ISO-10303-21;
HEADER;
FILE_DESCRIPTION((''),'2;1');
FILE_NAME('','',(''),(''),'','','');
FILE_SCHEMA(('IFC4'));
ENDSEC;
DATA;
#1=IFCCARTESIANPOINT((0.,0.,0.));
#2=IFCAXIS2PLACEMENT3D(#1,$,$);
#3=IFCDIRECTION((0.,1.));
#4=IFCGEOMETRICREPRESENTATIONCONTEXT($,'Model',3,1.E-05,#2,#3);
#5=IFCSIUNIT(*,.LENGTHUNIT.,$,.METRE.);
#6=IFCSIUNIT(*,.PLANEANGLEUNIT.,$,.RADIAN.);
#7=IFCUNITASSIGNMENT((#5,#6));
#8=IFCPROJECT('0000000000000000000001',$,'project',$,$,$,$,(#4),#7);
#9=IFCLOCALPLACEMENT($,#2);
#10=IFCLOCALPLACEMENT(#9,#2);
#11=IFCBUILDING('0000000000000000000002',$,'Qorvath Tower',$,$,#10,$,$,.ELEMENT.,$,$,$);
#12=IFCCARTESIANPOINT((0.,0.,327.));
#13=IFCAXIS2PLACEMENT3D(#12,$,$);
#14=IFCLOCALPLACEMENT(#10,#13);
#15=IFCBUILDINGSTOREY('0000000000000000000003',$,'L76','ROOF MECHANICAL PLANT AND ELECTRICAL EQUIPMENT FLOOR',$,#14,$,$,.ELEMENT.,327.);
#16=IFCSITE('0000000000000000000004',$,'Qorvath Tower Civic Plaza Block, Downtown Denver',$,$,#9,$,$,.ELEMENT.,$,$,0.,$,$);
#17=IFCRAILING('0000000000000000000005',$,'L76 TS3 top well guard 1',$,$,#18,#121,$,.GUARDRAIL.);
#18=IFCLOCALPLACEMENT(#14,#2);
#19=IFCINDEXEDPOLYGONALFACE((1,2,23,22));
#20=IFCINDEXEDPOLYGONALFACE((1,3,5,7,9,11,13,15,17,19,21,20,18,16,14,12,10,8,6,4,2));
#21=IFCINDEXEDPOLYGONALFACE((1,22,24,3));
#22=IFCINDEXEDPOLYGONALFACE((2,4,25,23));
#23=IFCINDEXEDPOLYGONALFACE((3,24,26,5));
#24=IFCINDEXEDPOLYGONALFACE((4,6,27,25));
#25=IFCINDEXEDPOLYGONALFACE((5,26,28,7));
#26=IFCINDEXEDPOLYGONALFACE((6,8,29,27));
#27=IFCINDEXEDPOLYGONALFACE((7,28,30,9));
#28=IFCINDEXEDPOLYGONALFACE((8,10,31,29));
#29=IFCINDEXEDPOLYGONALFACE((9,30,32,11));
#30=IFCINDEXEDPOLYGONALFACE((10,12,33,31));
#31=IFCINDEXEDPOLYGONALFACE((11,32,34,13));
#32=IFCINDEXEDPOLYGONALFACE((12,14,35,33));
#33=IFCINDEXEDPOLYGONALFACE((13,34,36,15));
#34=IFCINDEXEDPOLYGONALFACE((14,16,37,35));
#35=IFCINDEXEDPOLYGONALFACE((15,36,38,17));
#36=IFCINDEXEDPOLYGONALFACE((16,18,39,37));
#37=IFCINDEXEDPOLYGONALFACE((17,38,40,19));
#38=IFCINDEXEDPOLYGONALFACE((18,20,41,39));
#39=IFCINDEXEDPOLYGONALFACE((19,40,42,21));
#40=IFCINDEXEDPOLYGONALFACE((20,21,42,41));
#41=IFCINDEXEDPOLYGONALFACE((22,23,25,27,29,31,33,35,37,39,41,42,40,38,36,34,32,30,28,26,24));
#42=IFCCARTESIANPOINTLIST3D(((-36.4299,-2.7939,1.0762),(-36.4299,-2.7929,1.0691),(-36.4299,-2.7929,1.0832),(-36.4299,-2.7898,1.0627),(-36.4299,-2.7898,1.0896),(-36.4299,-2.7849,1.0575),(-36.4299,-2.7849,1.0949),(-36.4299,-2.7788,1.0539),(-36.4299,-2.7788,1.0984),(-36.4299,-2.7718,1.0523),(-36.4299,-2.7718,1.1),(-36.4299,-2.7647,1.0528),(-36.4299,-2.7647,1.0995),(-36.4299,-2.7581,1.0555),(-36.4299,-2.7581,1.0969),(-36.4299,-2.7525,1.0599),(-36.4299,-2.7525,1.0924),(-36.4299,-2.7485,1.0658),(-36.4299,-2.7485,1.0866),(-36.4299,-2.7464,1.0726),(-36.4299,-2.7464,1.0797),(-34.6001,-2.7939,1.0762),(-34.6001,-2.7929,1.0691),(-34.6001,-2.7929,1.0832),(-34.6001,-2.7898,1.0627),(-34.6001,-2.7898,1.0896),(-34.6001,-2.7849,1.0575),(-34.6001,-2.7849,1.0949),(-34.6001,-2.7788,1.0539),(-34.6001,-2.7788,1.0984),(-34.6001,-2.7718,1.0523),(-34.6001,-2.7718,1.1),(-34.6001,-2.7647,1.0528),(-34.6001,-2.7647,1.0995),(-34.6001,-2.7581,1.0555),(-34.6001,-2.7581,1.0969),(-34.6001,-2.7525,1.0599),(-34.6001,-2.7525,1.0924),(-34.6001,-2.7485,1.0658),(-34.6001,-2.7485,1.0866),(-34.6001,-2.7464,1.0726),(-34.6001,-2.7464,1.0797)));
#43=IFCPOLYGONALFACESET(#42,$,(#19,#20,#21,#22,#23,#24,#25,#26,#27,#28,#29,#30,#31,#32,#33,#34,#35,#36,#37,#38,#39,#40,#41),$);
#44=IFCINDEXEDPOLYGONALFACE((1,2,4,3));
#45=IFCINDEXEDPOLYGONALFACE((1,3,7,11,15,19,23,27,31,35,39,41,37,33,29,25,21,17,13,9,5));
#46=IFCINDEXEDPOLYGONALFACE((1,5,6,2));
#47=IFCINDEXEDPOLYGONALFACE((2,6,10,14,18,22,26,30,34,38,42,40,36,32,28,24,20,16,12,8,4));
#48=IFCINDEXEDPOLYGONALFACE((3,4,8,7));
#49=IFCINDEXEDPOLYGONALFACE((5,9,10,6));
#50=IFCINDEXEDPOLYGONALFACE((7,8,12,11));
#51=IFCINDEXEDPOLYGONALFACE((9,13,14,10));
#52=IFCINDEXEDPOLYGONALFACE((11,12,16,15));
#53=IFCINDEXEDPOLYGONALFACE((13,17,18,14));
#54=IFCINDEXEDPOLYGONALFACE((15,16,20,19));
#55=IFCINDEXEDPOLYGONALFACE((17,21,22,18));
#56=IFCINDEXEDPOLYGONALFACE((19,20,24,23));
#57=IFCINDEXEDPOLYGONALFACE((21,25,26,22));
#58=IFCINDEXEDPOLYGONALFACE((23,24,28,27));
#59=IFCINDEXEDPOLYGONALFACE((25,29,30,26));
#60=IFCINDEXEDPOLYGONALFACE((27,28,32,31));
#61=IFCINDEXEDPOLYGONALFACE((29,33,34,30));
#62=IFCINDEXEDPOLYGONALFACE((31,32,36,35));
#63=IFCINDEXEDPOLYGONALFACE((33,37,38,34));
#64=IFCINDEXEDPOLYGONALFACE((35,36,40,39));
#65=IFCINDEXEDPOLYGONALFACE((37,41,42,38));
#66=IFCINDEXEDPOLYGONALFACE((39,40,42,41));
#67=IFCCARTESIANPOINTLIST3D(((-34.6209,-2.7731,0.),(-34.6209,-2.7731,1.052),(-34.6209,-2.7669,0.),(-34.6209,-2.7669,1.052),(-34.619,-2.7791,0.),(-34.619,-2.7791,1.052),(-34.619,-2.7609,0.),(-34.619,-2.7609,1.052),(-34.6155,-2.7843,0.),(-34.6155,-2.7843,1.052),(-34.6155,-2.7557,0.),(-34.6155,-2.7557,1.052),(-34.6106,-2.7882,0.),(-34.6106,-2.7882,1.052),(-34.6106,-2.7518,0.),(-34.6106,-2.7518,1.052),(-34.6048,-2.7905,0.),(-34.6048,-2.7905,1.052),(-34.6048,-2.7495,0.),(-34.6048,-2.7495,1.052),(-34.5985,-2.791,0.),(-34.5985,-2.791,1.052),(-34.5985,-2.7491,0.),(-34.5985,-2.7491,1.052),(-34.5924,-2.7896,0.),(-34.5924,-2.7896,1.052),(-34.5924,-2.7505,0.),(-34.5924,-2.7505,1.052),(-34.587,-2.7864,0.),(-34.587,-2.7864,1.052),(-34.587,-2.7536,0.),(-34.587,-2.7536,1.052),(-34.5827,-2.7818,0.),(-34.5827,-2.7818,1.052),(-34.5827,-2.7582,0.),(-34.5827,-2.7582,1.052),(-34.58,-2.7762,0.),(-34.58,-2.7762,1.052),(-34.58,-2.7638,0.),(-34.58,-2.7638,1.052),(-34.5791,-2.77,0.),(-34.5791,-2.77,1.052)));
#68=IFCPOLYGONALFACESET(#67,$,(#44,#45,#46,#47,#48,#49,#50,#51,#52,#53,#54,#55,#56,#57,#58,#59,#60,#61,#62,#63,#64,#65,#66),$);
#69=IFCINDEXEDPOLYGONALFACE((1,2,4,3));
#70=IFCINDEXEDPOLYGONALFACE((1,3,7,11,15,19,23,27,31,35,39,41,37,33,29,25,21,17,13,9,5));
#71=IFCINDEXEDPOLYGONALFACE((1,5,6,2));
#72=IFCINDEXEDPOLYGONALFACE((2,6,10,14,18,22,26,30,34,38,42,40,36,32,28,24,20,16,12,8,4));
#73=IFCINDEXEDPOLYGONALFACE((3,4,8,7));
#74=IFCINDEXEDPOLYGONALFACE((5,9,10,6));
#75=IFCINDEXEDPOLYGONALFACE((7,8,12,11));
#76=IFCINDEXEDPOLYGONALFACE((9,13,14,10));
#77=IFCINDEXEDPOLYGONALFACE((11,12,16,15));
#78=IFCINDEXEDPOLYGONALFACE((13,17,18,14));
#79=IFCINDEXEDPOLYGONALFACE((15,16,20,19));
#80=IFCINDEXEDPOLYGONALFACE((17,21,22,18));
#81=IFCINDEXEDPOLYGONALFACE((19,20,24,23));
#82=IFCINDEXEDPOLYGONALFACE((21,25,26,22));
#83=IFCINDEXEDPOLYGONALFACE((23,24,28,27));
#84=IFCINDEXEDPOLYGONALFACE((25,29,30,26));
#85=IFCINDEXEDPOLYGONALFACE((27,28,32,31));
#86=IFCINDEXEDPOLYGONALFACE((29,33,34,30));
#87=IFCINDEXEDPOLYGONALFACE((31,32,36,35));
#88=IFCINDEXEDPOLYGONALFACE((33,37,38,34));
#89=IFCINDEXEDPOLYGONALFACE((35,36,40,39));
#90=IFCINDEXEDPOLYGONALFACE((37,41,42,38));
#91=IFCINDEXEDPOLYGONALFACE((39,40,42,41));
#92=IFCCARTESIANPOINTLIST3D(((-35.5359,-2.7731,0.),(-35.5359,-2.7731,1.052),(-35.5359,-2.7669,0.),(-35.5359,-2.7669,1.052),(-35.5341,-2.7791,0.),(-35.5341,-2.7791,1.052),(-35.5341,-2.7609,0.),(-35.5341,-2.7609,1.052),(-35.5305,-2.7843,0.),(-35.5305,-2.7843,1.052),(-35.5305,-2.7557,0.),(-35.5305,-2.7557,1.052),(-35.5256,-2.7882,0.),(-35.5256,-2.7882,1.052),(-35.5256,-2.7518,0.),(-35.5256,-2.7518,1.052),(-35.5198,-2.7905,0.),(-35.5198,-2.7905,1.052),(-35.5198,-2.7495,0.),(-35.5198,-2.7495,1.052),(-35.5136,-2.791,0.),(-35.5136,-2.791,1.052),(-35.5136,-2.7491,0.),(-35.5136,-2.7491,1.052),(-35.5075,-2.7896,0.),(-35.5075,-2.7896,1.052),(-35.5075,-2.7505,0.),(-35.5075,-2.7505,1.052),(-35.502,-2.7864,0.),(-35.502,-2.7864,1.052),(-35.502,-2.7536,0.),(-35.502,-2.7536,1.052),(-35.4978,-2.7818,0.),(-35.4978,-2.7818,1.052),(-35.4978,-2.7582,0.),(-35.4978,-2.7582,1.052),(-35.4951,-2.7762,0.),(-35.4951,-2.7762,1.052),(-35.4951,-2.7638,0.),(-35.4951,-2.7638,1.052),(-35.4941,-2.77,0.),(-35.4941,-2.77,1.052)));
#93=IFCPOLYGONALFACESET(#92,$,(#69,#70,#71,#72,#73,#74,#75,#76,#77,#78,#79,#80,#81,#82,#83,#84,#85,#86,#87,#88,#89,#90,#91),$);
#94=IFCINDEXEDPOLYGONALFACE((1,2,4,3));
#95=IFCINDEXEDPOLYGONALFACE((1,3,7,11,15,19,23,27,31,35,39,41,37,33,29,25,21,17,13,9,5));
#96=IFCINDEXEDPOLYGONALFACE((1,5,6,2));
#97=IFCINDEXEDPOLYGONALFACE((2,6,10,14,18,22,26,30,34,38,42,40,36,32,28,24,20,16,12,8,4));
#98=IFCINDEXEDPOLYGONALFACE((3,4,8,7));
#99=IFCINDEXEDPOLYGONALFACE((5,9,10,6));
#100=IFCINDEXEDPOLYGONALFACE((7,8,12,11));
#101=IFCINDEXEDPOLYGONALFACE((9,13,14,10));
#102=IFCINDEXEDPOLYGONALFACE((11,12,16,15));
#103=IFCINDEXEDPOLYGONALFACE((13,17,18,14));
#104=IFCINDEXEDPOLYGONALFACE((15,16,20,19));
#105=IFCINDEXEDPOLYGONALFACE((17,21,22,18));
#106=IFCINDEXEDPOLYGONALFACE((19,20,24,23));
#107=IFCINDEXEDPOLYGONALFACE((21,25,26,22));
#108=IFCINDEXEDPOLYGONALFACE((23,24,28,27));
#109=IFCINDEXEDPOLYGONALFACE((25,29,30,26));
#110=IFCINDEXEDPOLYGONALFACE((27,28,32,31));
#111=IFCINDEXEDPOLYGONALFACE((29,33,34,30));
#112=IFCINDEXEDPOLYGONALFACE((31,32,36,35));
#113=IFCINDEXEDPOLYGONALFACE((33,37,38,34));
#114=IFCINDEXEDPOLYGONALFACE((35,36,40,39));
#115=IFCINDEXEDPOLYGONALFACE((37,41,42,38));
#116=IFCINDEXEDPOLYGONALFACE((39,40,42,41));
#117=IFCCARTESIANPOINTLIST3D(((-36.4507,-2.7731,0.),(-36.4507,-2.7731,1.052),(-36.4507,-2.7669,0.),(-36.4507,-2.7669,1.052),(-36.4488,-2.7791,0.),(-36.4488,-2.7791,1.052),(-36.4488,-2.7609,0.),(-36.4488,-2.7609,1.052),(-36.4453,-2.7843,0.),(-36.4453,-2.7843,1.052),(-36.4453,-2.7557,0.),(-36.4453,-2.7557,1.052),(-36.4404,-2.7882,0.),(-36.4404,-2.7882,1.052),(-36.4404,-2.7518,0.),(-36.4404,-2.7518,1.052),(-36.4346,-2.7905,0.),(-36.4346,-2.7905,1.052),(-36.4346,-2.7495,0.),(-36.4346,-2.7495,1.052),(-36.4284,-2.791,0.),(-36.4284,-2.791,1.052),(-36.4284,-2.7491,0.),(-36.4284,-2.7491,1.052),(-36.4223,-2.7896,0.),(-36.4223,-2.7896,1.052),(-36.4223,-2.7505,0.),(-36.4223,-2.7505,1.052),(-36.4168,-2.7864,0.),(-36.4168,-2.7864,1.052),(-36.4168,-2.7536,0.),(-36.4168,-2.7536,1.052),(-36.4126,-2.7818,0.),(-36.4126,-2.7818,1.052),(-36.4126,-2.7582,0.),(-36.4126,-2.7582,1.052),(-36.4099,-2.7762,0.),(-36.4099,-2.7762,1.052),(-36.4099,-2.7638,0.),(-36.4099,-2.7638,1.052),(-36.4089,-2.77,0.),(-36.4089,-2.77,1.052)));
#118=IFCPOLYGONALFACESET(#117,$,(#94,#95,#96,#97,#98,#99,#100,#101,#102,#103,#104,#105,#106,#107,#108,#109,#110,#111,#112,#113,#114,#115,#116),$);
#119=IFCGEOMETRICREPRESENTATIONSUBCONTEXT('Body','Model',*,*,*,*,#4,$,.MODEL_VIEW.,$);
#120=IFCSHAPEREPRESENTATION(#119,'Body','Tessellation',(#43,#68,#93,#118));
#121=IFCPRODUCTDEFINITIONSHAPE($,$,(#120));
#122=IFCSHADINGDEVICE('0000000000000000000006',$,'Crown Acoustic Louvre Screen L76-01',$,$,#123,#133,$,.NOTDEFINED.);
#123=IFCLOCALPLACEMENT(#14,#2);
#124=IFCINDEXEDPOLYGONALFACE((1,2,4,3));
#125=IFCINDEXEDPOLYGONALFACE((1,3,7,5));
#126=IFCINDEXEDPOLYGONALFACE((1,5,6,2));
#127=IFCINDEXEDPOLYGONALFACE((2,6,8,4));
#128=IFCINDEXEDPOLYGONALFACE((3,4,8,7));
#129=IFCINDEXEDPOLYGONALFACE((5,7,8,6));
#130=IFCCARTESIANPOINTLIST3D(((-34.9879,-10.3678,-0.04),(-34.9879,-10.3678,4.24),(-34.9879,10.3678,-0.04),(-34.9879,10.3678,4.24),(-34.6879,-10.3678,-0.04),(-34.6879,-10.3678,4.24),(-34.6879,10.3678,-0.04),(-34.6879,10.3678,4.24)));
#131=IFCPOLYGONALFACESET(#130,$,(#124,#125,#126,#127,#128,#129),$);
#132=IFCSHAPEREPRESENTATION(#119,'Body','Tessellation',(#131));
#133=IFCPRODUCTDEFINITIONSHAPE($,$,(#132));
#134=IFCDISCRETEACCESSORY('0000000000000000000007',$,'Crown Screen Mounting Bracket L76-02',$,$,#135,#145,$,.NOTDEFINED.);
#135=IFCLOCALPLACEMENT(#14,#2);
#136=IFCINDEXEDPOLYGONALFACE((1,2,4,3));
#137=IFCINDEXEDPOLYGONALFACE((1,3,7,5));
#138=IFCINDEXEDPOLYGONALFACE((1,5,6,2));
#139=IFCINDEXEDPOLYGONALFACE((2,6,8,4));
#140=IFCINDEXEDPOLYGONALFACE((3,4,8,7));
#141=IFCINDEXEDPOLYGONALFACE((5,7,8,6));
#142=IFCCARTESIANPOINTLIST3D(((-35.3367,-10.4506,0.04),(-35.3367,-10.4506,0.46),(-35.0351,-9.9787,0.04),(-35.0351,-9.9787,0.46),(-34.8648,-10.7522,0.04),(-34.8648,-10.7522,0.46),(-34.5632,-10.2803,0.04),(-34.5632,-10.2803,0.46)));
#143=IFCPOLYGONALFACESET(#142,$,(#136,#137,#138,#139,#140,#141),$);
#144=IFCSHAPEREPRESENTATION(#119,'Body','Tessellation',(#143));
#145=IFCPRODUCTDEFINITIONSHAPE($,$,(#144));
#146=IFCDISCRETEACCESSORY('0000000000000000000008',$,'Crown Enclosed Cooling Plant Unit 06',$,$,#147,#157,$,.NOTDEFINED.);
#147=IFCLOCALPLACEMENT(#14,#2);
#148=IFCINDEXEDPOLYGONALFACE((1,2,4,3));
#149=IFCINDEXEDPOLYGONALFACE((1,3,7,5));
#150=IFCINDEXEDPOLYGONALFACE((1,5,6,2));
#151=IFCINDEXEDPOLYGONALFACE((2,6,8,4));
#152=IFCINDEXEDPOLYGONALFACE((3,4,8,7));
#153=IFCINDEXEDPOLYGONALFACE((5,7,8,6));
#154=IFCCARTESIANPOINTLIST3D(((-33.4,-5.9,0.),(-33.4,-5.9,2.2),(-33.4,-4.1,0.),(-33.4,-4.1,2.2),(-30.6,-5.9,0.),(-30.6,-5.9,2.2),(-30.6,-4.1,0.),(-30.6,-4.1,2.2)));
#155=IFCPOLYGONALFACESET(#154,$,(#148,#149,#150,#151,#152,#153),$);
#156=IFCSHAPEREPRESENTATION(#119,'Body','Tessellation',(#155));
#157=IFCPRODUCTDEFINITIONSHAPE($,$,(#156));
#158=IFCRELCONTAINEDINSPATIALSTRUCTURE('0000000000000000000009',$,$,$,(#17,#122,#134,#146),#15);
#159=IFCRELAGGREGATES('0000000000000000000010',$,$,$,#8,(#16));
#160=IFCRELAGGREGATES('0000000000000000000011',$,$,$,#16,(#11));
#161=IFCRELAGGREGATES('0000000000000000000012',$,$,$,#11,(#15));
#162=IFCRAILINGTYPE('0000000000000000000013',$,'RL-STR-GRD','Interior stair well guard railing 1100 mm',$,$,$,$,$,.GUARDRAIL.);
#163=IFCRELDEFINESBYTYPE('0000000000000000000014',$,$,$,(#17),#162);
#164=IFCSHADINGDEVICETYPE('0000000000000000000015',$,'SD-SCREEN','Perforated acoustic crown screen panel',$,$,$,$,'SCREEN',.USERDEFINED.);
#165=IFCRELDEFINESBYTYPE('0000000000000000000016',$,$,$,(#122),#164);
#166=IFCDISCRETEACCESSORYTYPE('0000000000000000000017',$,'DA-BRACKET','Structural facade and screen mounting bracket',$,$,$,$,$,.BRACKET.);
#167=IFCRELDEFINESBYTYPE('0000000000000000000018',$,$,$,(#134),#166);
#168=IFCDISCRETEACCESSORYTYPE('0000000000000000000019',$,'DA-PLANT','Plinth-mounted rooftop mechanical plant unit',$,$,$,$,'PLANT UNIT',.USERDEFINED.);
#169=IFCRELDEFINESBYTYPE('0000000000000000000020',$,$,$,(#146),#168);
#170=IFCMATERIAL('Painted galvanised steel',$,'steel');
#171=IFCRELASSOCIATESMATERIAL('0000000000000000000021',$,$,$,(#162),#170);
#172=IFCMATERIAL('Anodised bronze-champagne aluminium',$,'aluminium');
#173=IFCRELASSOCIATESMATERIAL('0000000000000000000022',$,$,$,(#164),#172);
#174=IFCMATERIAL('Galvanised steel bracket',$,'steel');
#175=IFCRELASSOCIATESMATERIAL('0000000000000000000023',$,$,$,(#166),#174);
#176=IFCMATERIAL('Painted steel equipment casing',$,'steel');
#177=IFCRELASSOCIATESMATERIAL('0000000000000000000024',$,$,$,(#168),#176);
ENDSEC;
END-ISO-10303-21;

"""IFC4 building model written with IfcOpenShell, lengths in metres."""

from ifc_helpers import new_model, si_unit, direction, frame, origin, origin_2d, place, context, subcontext, project, spatial, rectangle, circle, extrude, material, type_object, element, save


model = new_model("IFC4")

# Units and contexts
model_context = context("Model", 3, precision=1e-05, world=origin(), true_north=direction((0.0, 1.0)))
body_context = subcontext(model_context, "Body", "Model", "MODEL_VIEW")
ifc_project = project(units=[si_unit("LENGTHUNIT", "METRE"), si_unit("PLANEANGLEUNIT", "RADIAN")], contexts=[model_context])

# Site, building, storey
site_placement = place(None, origin())
site = spatial("IfcSite", under=ifc_project, at=site_placement, Name="Qorvath Tower Civic Plaza Block, Downtown Denver", CompositionType="ELEMENT", RefElevation=0.0)
building_placement = place(site_placement, origin())
building = spatial("IfcBuilding", under=site, at=building_placement, Name="Qorvath Tower", CompositionType="ELEMENT")
storey_placement = place(building_placement, frame((0.0, 0.0, 327.0)))
storey = spatial("IfcBuildingStorey", under=building, at=storey_placement, Name="L76", Description="ROOF MECHANICAL PLANT AND ELECTRICAL EQUIPMENT FLOOR", CompositionType="ELEMENT", Elevation=327.0)

# Railing
ifc_material_1 = material(Name="Painted galvanised steel", Category="steel")
railing_type_1 = type_object("IfcRailingType", Name="RL-STR-GRD", Description="Interior stair well guard railing 1100 mm", PredefinedType="GUARDRAIL", material=ifc_material_1)
railing_1_placement = place(storey_placement, frame((-34.6001, -2.77, 0.0)))
element("IfcRailing", 1, at=railing_1_placement, inside=storey, type_object=railing_type_1, Name="L76 TS3 top well guard 1", PredefinedType="GUARDRAIL", context=body_context, shape_type="SweptSolid", body=[
    extrude(circle(Radius=0.0239, at=origin_2d()), frame((0.0, 0.0, 1.0762), z_axis=(-1.0, 0.0, 0.0), x_axis=(0.0, -1.0, 0.0)), (0.0, 0.0, 1.0), 1.8298),
    extrude(circle(Radius=0.021, at=origin_2d()), origin(), (0.0, 0.0, 1.0), 1.052),
    extrude(circle(Radius=0.021, at=origin_2d()), frame((-0.915, 0.0, 0.0)), (0.0, 0.0, 1.0), 1.052),
    extrude(circle(Radius=0.021, at=origin_2d()), frame((-1.8298, 0.0, 0.0)), (0.0, 0.0, 1.0), 1.052),
])

# Shading device
ifc_material_2 = material(Name="Anodised bronze-champagne aluminium", Category="aluminium")
shading_device_type = type_object("IfcShadingDeviceType", Name="SD-SCREEN", Description="Perforated acoustic crown screen panel", ElementType="SCREEN", PredefinedType="USERDEFINED", material=ifc_material_2)
shading_device_placement = place(storey_placement, frame((-34.8379, 0.0, -0.04), z_axis=(0.0, 0.0, 1.0), x_axis=(0.0, -1.0, 0.0)))
element("IfcShadingDevice", 2, at=shading_device_placement, inside=storey, type_object=shading_device_type, Name="Crown Acoustic Louvre Screen L76-01", PredefinedType="NOTDEFINED", context=body_context, shape_type="SweptSolid", body=[
    extrude(rectangle(XDim=20.7356, YDim=0.3, at=origin_2d()), origin(), (0.0, 0.0, 1.0), 4.28),
])

# Discrete accessories
ifc_material_3 = material(Name="Galvanised steel bracket", Category="steel")
discrete_accessory_type_1 = type_object("IfcDiscreteAccessoryType", Name="DA-BRACKET", Description="Structural facade and screen mounting bracket", PredefinedType="BRACKET", material=ifc_material_3)
discrete_accessory_1_placement = place(storey_placement, frame((-34.95, -10.3655, 0.04), z_axis=(0.0, 0.0, 1.0), x_axis=(0.842609, -0.538525, 0.0)))
element("IfcDiscreteAccessory", 3, at=discrete_accessory_1_placement, inside=storey, type_object=discrete_accessory_type_1, Name="Crown Screen Mounting Bracket L76-02", PredefinedType="NOTDEFINED", context=body_context, shape_type="SweptSolid", body=[
    extrude(rectangle(XDim=0.5601, YDim=0.5601, at=origin_2d()), origin(), (0.0, 0.0, 1.0), 0.4199),
])
ifc_material_4 = material(Name="Painted steel equipment casing", Category="steel")
discrete_accessory_type_2 = type_object("IfcDiscreteAccessoryType", Name="DA-PLANT", Description="Plinth-mounted rooftop mechanical plant unit", ElementType="PLANT UNIT", PredefinedType="USERDEFINED", material=ifc_material_4)
discrete_accessory_2_placement = place(storey_placement, frame((-32.0, -5.0, 0.0), z_axis=(0.0, 0.0, 1.0), x_axis=(1.0, 0.0, 0.0)))
element("IfcDiscreteAccessory", 4, at=discrete_accessory_2_placement, inside=storey, type_object=discrete_accessory_type_2, Name="Crown Enclosed Cooling Plant Unit 06", PredefinedType="NOTDEFINED", context=body_context, shape_type="SweptSolid", body=[
    extrude(rectangle(XDim=2.8, YDim=1.8, at=origin_2d()), origin(), (0.0, 0.0, 1.0), 2.2),
])

save(model, "model.ifc")
